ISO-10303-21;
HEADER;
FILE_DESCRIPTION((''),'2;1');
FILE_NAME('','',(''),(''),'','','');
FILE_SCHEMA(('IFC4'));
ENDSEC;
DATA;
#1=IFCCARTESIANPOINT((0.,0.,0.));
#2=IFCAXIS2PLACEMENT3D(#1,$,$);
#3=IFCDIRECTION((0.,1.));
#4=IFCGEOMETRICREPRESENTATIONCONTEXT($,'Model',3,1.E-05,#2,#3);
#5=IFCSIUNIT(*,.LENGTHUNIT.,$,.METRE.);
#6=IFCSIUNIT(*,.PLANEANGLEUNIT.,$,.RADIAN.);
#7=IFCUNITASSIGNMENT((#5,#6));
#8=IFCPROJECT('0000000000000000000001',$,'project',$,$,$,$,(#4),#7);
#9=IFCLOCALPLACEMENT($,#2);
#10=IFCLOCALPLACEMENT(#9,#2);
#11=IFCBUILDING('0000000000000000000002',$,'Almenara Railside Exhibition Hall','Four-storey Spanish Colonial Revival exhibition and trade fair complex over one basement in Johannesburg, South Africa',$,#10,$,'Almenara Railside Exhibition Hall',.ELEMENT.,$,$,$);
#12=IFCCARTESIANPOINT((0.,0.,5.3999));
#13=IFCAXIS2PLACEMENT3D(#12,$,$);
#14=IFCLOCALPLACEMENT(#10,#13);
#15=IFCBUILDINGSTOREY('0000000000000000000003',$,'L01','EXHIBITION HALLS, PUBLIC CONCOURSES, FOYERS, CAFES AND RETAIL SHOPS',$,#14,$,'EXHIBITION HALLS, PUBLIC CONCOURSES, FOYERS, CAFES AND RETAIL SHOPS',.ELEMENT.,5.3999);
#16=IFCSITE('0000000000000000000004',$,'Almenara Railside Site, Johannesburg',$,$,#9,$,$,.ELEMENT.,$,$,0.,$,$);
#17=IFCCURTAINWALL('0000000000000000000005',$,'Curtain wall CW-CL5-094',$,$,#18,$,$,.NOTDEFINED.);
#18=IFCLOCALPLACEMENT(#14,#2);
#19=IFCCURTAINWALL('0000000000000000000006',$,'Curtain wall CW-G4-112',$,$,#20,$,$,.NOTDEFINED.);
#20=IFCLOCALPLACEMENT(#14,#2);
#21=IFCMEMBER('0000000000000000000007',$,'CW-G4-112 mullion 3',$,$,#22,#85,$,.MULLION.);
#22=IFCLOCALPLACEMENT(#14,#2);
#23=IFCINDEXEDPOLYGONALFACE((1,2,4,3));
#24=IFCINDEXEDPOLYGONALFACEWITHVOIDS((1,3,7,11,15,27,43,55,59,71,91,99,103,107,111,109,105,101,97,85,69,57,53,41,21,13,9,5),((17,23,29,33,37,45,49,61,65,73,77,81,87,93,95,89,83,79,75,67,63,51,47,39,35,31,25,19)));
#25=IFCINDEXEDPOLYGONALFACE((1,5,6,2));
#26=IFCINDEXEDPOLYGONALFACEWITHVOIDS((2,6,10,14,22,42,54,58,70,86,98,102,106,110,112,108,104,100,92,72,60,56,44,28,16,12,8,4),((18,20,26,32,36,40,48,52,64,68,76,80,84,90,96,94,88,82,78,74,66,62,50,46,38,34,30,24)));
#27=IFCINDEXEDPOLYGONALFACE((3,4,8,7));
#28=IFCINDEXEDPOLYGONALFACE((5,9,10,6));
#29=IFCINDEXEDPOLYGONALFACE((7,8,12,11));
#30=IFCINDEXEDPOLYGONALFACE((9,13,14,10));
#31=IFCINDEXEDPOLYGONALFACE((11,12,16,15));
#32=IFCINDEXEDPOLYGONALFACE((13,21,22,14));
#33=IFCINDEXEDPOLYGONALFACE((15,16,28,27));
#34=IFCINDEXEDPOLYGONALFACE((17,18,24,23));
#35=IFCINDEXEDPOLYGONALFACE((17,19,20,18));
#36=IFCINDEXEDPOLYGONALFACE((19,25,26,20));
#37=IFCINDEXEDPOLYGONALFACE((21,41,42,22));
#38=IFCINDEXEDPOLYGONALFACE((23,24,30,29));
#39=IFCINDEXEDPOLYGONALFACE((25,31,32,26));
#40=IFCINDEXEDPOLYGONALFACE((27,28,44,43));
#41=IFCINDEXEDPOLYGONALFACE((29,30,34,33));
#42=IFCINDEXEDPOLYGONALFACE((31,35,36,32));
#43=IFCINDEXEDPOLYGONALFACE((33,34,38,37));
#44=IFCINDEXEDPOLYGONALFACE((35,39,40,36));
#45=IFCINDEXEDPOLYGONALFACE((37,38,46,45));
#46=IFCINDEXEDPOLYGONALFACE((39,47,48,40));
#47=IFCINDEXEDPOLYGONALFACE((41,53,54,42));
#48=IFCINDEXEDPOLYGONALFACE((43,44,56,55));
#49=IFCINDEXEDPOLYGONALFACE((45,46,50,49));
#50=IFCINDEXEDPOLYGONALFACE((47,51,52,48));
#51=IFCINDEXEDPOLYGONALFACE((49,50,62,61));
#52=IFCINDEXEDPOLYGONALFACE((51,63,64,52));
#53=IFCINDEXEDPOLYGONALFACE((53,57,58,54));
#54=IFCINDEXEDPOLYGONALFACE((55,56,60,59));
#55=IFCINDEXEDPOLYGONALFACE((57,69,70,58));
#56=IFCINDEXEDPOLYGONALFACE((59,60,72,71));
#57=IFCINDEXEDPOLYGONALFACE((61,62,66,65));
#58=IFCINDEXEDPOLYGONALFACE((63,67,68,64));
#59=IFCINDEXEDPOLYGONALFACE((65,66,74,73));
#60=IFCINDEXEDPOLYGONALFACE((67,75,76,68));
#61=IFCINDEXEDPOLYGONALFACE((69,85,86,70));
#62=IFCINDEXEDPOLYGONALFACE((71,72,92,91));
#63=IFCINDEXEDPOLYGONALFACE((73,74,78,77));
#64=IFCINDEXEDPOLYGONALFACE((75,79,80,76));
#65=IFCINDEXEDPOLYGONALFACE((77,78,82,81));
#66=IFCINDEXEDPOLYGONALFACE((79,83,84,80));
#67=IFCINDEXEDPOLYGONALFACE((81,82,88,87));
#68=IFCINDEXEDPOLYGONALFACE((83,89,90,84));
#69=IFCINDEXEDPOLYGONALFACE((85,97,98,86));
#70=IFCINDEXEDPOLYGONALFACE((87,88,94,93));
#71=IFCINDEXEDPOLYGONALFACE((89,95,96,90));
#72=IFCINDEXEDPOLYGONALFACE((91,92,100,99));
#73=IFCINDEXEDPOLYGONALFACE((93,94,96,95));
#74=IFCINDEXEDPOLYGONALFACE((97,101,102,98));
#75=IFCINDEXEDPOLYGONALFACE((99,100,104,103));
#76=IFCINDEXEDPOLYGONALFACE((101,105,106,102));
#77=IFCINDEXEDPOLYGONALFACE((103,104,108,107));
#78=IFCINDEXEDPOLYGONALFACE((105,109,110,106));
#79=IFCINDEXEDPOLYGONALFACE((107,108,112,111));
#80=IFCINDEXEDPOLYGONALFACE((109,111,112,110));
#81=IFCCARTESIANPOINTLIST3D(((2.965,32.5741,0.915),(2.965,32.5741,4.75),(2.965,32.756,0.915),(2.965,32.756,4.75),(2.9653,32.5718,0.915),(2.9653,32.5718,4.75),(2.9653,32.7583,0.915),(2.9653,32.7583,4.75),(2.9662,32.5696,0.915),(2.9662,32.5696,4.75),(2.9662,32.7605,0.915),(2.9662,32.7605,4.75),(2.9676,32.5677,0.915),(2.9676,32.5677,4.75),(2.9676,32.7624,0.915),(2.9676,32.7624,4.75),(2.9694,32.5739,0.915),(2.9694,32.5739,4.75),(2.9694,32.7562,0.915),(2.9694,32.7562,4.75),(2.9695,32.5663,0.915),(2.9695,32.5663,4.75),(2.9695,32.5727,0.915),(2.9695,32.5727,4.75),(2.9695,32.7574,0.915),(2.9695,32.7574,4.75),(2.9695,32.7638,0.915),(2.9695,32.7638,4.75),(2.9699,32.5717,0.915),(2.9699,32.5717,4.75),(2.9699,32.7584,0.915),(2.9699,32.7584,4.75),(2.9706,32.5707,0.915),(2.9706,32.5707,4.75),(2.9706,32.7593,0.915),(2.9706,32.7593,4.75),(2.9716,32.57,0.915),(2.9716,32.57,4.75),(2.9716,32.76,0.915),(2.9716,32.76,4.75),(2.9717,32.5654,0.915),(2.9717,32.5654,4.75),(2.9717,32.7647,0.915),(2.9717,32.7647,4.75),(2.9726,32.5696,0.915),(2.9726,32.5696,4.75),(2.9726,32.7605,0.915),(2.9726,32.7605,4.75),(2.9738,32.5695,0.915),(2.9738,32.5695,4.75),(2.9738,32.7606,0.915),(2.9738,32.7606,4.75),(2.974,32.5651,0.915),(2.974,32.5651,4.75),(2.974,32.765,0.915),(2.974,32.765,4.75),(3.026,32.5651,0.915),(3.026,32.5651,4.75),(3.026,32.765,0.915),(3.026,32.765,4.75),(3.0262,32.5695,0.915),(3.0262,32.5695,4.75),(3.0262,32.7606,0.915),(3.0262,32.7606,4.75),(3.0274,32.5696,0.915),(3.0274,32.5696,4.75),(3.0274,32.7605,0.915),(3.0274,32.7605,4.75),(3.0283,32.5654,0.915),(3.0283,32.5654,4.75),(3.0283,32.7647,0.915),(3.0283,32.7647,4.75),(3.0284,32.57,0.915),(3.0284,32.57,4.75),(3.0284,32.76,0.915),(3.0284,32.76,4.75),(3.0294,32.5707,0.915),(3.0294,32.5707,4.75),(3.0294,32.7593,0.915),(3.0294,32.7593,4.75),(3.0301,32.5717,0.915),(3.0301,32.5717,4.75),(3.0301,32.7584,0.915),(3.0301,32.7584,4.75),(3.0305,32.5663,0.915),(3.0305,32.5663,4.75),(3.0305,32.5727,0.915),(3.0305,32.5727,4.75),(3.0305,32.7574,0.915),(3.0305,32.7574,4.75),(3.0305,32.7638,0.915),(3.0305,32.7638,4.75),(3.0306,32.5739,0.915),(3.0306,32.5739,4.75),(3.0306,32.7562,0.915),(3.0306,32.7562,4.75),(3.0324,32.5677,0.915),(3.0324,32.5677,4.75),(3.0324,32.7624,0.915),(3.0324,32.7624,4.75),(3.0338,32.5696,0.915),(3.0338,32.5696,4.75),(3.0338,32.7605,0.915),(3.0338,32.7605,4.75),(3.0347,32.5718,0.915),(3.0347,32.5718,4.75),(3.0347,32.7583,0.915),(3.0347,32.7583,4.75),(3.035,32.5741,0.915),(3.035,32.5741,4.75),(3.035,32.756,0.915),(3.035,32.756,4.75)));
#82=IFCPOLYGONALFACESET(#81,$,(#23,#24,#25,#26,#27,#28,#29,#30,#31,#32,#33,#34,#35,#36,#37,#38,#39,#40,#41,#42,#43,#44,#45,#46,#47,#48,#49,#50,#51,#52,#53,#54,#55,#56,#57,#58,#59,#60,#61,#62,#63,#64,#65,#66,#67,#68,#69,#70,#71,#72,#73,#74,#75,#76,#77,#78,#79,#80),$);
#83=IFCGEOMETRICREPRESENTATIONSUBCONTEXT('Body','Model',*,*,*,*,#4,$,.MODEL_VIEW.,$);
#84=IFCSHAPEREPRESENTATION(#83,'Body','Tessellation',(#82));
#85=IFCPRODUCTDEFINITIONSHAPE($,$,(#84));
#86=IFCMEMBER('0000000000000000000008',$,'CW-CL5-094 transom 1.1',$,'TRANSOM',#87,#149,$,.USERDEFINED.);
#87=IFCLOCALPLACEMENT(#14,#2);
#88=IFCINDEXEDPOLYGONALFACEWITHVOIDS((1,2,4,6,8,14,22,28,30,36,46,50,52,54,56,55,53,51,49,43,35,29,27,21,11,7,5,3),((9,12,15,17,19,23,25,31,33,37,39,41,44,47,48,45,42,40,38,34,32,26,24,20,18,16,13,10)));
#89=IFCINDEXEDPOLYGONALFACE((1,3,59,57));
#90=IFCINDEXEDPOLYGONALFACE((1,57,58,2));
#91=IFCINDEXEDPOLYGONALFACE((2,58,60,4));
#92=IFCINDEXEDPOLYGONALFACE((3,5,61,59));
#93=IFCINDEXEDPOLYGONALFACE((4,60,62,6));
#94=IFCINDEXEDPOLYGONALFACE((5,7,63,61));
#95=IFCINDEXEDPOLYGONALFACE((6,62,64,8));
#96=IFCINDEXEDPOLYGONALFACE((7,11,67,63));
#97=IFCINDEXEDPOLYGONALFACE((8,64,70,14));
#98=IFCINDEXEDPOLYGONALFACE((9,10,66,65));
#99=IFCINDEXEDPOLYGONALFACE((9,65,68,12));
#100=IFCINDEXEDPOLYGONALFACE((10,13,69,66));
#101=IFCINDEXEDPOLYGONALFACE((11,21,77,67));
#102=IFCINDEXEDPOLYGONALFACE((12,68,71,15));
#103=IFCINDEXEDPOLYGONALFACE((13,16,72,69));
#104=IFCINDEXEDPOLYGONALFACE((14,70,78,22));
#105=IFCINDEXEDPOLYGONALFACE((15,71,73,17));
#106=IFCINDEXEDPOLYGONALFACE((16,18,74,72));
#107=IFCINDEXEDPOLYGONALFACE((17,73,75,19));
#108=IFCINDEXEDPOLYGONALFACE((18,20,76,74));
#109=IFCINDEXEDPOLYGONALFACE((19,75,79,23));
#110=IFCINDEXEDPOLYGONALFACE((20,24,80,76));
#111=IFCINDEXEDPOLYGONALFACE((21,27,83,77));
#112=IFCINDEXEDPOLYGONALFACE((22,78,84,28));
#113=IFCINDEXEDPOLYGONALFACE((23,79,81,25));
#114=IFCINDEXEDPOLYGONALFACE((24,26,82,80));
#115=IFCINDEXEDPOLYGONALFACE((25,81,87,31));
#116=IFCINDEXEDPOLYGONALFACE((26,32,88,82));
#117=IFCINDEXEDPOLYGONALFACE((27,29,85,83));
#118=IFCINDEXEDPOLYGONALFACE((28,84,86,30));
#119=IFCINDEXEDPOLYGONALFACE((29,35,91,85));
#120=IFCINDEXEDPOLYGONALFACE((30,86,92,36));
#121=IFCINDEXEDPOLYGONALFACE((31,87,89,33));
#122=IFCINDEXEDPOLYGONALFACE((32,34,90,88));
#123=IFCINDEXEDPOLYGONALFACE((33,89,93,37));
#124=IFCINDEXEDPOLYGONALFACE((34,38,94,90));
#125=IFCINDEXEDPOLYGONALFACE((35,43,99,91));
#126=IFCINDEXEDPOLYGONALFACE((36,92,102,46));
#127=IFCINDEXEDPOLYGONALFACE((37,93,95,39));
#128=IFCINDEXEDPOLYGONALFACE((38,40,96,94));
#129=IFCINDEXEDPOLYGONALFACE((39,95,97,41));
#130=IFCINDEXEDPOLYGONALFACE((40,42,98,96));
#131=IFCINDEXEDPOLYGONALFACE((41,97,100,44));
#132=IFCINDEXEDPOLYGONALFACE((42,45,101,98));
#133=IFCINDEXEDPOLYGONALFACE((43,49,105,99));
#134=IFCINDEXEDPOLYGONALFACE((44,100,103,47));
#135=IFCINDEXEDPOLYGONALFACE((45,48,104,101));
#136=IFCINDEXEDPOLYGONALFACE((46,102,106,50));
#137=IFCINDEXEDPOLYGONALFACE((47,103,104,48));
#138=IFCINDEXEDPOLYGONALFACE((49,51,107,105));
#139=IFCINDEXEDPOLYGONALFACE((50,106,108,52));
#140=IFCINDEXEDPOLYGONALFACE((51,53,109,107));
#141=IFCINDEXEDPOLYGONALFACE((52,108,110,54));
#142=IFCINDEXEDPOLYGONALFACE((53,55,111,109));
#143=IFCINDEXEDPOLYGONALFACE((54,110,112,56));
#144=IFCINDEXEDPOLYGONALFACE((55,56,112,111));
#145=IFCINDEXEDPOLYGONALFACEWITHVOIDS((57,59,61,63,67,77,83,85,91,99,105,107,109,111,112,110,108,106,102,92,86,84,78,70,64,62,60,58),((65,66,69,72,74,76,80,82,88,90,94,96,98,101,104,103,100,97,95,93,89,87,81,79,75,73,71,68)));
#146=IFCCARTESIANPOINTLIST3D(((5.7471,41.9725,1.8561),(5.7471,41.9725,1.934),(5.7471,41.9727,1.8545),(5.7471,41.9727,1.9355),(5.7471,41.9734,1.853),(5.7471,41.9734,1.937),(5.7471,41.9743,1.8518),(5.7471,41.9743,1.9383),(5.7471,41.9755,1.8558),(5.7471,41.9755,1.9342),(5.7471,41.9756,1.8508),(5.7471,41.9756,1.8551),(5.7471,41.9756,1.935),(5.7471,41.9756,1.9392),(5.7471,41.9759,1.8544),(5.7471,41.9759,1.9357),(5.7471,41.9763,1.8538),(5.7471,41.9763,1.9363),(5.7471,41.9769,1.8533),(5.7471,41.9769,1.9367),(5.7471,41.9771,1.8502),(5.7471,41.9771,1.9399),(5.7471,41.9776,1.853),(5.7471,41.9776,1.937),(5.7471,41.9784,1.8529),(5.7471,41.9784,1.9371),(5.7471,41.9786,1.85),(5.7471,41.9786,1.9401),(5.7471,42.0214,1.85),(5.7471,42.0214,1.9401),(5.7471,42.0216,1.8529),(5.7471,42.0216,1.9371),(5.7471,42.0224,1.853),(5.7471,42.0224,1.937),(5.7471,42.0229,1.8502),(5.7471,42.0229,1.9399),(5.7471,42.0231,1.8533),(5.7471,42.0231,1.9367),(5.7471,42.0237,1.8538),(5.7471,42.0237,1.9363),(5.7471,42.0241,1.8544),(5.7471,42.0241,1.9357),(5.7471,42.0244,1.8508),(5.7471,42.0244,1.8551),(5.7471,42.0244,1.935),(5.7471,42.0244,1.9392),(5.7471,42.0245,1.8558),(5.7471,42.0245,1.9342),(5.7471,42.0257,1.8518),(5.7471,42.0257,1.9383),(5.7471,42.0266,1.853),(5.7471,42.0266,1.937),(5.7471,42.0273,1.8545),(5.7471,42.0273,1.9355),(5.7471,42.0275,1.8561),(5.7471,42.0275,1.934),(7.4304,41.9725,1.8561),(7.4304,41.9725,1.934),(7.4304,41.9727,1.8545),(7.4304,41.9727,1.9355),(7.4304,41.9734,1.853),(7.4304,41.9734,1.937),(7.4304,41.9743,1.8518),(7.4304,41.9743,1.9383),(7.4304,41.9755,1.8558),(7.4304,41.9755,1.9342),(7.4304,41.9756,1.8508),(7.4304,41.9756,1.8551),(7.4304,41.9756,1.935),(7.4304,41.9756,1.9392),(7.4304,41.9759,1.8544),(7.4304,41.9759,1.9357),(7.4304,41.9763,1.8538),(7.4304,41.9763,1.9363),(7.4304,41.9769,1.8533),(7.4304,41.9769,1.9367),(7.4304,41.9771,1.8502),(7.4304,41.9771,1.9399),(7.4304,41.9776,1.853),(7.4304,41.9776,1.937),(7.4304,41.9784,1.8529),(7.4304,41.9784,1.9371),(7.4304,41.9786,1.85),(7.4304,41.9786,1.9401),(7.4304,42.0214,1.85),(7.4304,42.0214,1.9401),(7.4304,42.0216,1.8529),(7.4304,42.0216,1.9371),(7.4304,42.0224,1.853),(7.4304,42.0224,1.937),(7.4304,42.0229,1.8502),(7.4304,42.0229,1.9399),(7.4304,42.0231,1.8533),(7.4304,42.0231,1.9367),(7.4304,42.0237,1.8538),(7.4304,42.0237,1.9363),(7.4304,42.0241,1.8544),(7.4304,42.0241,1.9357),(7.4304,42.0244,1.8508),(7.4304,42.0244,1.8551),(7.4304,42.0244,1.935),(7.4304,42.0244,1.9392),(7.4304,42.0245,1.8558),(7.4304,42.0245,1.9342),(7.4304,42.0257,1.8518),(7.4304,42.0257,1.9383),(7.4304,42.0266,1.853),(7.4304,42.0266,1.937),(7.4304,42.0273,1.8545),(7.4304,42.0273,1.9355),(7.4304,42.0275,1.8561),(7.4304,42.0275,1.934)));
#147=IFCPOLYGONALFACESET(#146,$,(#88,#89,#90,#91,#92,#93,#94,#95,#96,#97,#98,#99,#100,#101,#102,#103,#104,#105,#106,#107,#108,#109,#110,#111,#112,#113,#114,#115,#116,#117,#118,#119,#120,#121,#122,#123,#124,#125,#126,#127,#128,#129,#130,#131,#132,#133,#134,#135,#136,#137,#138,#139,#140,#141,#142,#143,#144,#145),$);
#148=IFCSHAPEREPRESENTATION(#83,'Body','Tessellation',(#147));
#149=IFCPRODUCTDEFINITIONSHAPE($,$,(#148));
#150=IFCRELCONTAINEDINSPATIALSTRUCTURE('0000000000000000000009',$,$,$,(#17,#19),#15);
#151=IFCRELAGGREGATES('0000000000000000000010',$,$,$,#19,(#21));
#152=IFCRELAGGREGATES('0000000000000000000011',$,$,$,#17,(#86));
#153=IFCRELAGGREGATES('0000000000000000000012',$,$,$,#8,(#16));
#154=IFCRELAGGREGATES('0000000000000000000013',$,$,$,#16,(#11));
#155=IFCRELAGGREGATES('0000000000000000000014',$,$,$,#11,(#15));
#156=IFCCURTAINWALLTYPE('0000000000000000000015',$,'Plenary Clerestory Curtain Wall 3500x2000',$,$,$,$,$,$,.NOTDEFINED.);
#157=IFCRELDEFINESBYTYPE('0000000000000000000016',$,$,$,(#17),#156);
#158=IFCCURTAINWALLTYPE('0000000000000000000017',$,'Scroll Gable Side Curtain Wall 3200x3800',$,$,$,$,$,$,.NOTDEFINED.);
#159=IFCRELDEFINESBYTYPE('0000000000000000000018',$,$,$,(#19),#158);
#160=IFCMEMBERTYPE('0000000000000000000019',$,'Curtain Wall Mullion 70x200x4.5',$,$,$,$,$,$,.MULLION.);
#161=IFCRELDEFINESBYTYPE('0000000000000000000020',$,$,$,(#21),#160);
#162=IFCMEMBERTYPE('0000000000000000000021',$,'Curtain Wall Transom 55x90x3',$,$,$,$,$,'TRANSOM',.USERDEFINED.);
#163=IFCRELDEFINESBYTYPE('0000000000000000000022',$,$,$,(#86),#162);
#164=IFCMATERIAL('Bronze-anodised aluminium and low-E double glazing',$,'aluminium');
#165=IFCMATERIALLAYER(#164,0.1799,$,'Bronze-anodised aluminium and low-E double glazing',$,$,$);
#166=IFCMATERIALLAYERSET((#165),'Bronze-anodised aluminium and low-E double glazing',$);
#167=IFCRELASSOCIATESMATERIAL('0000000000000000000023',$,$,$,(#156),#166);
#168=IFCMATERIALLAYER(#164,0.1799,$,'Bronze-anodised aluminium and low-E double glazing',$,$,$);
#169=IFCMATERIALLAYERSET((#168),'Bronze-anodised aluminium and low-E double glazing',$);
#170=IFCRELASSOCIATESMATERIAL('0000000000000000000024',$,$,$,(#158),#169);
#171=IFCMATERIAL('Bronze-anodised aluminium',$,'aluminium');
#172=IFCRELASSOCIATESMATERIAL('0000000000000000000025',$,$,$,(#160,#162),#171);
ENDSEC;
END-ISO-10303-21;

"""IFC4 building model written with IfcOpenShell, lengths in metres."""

from ifc_helpers import new_model, si_unit, direction, frame, origin, origin_2d, place, context, subcontext, project, spatial, hollow_rectangle, extrude, material, layer, layer_set, material_profile, profile_set, type_object, element, aggregate, save


model = new_model("IFC4")

# Units and contexts
model_context = context("Model", 3, precision=1e-05, world=origin(), true_north=direction((0.0, 1.0)))
body_context = subcontext(model_context, "Body", "Model", "MODEL_VIEW")
ifc_project = project(units=[si_unit("LENGTHUNIT", "METRE"), si_unit("PLANEANGLEUNIT", "RADIAN")], contexts=[model_context])

# Site, building, storey
site_placement = place(None, origin())
site = spatial("IfcSite", under=ifc_project, at=site_placement, Name="Almenara Railside Site, Johannesburg", CompositionType="ELEMENT", RefElevation=0.0)
building_placement = place(site_placement, origin())
building = spatial("IfcBuilding", under=site, at=building_placement, Name="Almenara Railside Exhibition Hall", Description="Four-storey Spanish Colonial Revival exhibition and trade fair complex over one basement in Johannesburg, South Africa", LongName="Almenara Railside Exhibition Hall", CompositionType="ELEMENT")
storey_placement = place(building_placement, frame((0.0, 0.0, 5.3999)))
storey = spatial("IfcBuildingStorey", under=building, at=storey_placement, Name="L01", Description="EXHIBITION HALLS, PUBLIC CONCOURSES, FOYERS, CAFES AND RETAIL SHOPS", LongName="EXHIBITION HALLS, PUBLIC CONCOURSES, FOYERS, CAFES AND RETAIL SHOPS", CompositionType="ELEMENT", Elevation=5.3999)

# Curtain wall
ifc_material_1 = material(Name="Bronze-anodised aluminium and low-E double glazing", Category="aluminium")
ifc_layer_1 = layer(ifc_material_1, 0.1799, Name="Bronze-anodised aluminium and low-E double glazing")
ifc_layer_set_1 = layer_set([ifc_layer_1], Name="Bronze-anodised aluminium and low-E double glazing")
curtain_wall_type_1 = type_object("IfcCurtainWallType", Name="Plenary Clerestory Curtain Wall 3500x2000", PredefinedType="NOTDEFINED", material=ifc_layer_set_1)
curtain_wall_1_placement = place(storey_placement, origin())
curtain_wall_1 = element("IfcCurtainWall", 1, at=curtain_wall_1_placement, inside=storey, type_object=curtain_wall_type_1, Name="Curtain wall CW-CL5-094", PredefinedType="NOTDEFINED")
ifc_material_2 = material(Name="Bronze-anodised aluminium", Category="aluminium")

# Curtain wall, member
ifc_layer_2 = layer(ifc_material_1, 0.1799, Name="Bronze-anodised aluminium and low-E double glazing")
ifc_layer_set_2 = layer_set([ifc_layer_2], Name="Bronze-anodised aluminium and low-E double glazing")
curtain_wall_type_2 = type_object("IfcCurtainWallType", Name="Scroll Gable Side Curtain Wall 3200x3800", PredefinedType="NOTDEFINED", material=ifc_layer_set_2)
curtain_wall_2_placement = place(storey_placement, origin())
curtain_wall_2 = element("IfcCurtainWall", 2, at=curtain_wall_2_placement, inside=storey, type_object=curtain_wall_type_2, Name="Curtain wall CW-G4-112", PredefinedType="NOTDEFINED")
ifc_material_profile_1 = material_profile(ifc_material_2, hollow_rectangle(XDim=0.0701, YDim=0.2, WallThickness=0.0044, InnerFilletRadius=0.0044, OuterFilletRadius=0.009, at=origin_2d()), Name="ALU-MUL 70x200x4.5")
ifc_profile_set_1 = profile_set([ifc_material_profile_1], Name="Bronze-anodised aluminium")
member_type_1 = type_object("IfcMemberType", Name="Curtain Wall Mullion 70x200x4.5", PredefinedType="MULLION", material=ifc_profile_set_1)
member_1_placement = place(storey_placement, frame((3.0, 32.665, 0.915), z_axis=(0.0, 0.0, 1.0), x_axis=(-1.0, 0.0, 0.0)))
member_1 = element("IfcMember", 3, at=member_1_placement, type_object=member_type_1, Name="CW-G4-112 mullion 3", PredefinedType="MULLION", context=body_context, shape_type="SweptSolid", body=[
    extrude(hollow_rectangle(XDim=0.0701, YDim=0.2, WallThickness=0.0044, InnerFilletRadius=0.0044, OuterFilletRadius=0.009, at=origin_2d()), origin(), (0.0, 0.0, 1.0), 3.835),
])

# Member
ifc_material_profile_2 = material_profile(ifc_material_2, hollow_rectangle(XDim=0.0549, YDim=0.0901, WallThickness=0.0029, InnerFilletRadius=0.0029, OuterFilletRadius=0.0061, at=origin_2d()), Name="ALU-TRN 55x90x3")
ifc_profile_set_2 = profile_set([ifc_material_profile_2], Name="Bronze-anodised aluminium")
member_type_2 = type_object("IfcMemberType", Name="Curtain Wall Transom 55x90x3", ElementType="TRANSOM", PredefinedType="USERDEFINED", material=ifc_profile_set_2)
member_2_placement = place(storey_placement, frame((5.7471, 42.0, 1.895), z_axis=(1.0, 0.0, 0.0), x_axis=(0.0, 1.0, 0.0)))
member_2 = element("IfcMember", 4, at=member_2_placement, type_object=member_type_2, Name="CW-CL5-094 transom 1.1", ObjectType="TRANSOM", PredefinedType="USERDEFINED", context=body_context, shape_type="SweptSolid", body=[
    extrude(hollow_rectangle(XDim=0.0549, YDim=0.0901, WallThickness=0.0029, InnerFilletRadius=0.0029, OuterFilletRadius=0.0061, at=origin_2d()), origin(), (0.0, 0.0, 1.0), 1.6833),
])

aggregate(curtain_wall_2, [member_1])
aggregate(curtain_wall_1, [member_2])

save(model, "model.ifc")
